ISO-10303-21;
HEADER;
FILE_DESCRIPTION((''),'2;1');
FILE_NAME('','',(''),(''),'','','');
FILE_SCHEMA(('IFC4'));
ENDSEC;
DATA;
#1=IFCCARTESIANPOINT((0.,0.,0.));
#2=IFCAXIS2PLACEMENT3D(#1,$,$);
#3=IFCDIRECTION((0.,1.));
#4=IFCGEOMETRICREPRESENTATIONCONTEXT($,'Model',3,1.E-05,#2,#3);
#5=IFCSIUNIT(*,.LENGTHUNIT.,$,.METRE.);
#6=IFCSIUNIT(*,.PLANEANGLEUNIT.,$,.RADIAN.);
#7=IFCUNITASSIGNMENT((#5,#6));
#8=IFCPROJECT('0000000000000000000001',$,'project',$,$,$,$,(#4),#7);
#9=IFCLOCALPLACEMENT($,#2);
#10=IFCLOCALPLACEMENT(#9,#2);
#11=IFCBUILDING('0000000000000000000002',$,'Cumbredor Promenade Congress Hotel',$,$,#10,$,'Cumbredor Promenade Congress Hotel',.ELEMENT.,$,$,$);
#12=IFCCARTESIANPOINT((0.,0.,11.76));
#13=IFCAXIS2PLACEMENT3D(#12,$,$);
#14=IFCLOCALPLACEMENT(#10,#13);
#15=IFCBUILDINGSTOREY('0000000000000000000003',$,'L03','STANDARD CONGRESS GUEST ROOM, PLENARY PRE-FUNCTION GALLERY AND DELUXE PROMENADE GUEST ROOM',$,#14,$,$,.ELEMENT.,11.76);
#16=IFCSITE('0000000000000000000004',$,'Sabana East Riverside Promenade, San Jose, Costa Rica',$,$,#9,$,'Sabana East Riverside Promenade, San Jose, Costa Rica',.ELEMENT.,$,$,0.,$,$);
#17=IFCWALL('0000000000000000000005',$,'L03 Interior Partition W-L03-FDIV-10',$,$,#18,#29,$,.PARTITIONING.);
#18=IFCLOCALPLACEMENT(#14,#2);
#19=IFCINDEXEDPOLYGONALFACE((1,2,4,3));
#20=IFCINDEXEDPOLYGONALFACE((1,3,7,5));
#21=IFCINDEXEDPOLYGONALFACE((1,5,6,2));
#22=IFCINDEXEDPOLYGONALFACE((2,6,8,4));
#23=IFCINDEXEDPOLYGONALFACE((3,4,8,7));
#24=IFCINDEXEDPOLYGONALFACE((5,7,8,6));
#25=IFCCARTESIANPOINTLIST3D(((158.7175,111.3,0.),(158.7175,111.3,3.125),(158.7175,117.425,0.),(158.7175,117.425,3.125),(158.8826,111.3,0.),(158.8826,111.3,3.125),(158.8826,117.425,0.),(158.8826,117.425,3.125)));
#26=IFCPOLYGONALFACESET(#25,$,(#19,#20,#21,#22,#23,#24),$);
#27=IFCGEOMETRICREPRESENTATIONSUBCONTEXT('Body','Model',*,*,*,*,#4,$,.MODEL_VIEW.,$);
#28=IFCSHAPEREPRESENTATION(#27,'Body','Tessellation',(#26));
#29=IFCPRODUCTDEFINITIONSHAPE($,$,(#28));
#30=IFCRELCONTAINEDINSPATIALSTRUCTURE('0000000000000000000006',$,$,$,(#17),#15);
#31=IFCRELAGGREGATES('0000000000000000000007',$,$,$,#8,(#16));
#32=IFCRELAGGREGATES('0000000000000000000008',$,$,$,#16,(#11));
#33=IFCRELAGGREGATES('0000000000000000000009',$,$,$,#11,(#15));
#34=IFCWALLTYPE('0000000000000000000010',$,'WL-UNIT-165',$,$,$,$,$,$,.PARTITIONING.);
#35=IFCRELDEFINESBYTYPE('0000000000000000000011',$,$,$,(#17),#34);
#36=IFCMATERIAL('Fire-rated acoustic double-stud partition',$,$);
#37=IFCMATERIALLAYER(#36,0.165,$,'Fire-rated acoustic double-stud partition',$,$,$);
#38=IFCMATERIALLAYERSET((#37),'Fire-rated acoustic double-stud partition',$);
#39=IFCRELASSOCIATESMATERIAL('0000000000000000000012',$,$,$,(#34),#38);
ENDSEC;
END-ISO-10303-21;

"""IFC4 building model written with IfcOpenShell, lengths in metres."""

from ifc_helpers import new_model, si_unit, direction, frame, frame_2d, origin, place, context, subcontext, project, spatial, rectangle, extrude, material, layer, layer_set, type_object, element, save


model = new_model("IFC4")

# Units and contexts
model_context = context("Model", 3, precision=1e-05, world=origin(), true_north=direction((0.0, 1.0)))
body_context = subcontext(model_context, "Body", "Model", "MODEL_VIEW")
ifc_project = project(units=[si_unit("LENGTHUNIT", "METRE"), si_unit("PLANEANGLEUNIT", "RADIAN")], contexts=[model_context])

# Site, building, storey
site_placement = place(None, origin())
site = spatial("IfcSite", under=ifc_project, at=site_placement, Name="Sabana East Riverside Promenade, San Jose, Costa Rica", LongName="Sabana East Riverside Promenade, San Jose, Costa Rica", CompositionType="ELEMENT", RefElevation=0.0)
building_placement = place(site_placement, origin())
building = spatial("IfcBuilding", under=site, at=building_placement, Name="Cumbredor Promenade Congress Hotel", LongName="Cumbredor Promenade Congress Hotel", CompositionType="ELEMENT")
storey_placement = place(building_placement, frame((0.0, 0.0, 11.76)))
storey = spatial("IfcBuildingStorey", under=building, at=storey_placement, Name="L03", Description="STANDARD CONGRESS GUEST ROOM, PLENARY PRE-FUNCTION GALLERY AND DELUXE PROMENADE GUEST ROOM", CompositionType="ELEMENT", Elevation=11.76)

# Wall
ifc_material_1 = material(Name="Fire-rated acoustic double-stud partition")
ifc_layer_1 = layer(ifc_material_1, 0.165, Name="Fire-rated acoustic double-stud partition")
ifc_layer_set_1 = layer_set([ifc_layer_1], Name="Fire-rated acoustic double-stud partition")
wall_type_1 = type_object("IfcWallType", Name="WL-UNIT-165", PredefinedType="PARTITIONING", material=ifc_layer_set_1)
for number, where, z_axis, x_axis, name in (
    (1, (158.8, 111.3, 0.0), (0.0, 0.0, 1.0), (0.0, 1.0, 0.0), "L03 Interior Partition W-L03-FDIV-10"),
):
    element("IfcWall", number, at=place(storey_placement, frame(where, z_axis=z_axis, x_axis=x_axis)), inside=storey, type_object=wall_type_1, Name=name, PredefinedType="PARTITIONING", context=body_context, shape_type="SweptSolid", body=[
        extrude(rectangle(XDim=6.125, YDim=0.165, at=frame_2d((3.0625, 0.0))), origin(), (0.0, 0.0, 1.0), 3.125),
    ])

save(model, "model.ifc")
